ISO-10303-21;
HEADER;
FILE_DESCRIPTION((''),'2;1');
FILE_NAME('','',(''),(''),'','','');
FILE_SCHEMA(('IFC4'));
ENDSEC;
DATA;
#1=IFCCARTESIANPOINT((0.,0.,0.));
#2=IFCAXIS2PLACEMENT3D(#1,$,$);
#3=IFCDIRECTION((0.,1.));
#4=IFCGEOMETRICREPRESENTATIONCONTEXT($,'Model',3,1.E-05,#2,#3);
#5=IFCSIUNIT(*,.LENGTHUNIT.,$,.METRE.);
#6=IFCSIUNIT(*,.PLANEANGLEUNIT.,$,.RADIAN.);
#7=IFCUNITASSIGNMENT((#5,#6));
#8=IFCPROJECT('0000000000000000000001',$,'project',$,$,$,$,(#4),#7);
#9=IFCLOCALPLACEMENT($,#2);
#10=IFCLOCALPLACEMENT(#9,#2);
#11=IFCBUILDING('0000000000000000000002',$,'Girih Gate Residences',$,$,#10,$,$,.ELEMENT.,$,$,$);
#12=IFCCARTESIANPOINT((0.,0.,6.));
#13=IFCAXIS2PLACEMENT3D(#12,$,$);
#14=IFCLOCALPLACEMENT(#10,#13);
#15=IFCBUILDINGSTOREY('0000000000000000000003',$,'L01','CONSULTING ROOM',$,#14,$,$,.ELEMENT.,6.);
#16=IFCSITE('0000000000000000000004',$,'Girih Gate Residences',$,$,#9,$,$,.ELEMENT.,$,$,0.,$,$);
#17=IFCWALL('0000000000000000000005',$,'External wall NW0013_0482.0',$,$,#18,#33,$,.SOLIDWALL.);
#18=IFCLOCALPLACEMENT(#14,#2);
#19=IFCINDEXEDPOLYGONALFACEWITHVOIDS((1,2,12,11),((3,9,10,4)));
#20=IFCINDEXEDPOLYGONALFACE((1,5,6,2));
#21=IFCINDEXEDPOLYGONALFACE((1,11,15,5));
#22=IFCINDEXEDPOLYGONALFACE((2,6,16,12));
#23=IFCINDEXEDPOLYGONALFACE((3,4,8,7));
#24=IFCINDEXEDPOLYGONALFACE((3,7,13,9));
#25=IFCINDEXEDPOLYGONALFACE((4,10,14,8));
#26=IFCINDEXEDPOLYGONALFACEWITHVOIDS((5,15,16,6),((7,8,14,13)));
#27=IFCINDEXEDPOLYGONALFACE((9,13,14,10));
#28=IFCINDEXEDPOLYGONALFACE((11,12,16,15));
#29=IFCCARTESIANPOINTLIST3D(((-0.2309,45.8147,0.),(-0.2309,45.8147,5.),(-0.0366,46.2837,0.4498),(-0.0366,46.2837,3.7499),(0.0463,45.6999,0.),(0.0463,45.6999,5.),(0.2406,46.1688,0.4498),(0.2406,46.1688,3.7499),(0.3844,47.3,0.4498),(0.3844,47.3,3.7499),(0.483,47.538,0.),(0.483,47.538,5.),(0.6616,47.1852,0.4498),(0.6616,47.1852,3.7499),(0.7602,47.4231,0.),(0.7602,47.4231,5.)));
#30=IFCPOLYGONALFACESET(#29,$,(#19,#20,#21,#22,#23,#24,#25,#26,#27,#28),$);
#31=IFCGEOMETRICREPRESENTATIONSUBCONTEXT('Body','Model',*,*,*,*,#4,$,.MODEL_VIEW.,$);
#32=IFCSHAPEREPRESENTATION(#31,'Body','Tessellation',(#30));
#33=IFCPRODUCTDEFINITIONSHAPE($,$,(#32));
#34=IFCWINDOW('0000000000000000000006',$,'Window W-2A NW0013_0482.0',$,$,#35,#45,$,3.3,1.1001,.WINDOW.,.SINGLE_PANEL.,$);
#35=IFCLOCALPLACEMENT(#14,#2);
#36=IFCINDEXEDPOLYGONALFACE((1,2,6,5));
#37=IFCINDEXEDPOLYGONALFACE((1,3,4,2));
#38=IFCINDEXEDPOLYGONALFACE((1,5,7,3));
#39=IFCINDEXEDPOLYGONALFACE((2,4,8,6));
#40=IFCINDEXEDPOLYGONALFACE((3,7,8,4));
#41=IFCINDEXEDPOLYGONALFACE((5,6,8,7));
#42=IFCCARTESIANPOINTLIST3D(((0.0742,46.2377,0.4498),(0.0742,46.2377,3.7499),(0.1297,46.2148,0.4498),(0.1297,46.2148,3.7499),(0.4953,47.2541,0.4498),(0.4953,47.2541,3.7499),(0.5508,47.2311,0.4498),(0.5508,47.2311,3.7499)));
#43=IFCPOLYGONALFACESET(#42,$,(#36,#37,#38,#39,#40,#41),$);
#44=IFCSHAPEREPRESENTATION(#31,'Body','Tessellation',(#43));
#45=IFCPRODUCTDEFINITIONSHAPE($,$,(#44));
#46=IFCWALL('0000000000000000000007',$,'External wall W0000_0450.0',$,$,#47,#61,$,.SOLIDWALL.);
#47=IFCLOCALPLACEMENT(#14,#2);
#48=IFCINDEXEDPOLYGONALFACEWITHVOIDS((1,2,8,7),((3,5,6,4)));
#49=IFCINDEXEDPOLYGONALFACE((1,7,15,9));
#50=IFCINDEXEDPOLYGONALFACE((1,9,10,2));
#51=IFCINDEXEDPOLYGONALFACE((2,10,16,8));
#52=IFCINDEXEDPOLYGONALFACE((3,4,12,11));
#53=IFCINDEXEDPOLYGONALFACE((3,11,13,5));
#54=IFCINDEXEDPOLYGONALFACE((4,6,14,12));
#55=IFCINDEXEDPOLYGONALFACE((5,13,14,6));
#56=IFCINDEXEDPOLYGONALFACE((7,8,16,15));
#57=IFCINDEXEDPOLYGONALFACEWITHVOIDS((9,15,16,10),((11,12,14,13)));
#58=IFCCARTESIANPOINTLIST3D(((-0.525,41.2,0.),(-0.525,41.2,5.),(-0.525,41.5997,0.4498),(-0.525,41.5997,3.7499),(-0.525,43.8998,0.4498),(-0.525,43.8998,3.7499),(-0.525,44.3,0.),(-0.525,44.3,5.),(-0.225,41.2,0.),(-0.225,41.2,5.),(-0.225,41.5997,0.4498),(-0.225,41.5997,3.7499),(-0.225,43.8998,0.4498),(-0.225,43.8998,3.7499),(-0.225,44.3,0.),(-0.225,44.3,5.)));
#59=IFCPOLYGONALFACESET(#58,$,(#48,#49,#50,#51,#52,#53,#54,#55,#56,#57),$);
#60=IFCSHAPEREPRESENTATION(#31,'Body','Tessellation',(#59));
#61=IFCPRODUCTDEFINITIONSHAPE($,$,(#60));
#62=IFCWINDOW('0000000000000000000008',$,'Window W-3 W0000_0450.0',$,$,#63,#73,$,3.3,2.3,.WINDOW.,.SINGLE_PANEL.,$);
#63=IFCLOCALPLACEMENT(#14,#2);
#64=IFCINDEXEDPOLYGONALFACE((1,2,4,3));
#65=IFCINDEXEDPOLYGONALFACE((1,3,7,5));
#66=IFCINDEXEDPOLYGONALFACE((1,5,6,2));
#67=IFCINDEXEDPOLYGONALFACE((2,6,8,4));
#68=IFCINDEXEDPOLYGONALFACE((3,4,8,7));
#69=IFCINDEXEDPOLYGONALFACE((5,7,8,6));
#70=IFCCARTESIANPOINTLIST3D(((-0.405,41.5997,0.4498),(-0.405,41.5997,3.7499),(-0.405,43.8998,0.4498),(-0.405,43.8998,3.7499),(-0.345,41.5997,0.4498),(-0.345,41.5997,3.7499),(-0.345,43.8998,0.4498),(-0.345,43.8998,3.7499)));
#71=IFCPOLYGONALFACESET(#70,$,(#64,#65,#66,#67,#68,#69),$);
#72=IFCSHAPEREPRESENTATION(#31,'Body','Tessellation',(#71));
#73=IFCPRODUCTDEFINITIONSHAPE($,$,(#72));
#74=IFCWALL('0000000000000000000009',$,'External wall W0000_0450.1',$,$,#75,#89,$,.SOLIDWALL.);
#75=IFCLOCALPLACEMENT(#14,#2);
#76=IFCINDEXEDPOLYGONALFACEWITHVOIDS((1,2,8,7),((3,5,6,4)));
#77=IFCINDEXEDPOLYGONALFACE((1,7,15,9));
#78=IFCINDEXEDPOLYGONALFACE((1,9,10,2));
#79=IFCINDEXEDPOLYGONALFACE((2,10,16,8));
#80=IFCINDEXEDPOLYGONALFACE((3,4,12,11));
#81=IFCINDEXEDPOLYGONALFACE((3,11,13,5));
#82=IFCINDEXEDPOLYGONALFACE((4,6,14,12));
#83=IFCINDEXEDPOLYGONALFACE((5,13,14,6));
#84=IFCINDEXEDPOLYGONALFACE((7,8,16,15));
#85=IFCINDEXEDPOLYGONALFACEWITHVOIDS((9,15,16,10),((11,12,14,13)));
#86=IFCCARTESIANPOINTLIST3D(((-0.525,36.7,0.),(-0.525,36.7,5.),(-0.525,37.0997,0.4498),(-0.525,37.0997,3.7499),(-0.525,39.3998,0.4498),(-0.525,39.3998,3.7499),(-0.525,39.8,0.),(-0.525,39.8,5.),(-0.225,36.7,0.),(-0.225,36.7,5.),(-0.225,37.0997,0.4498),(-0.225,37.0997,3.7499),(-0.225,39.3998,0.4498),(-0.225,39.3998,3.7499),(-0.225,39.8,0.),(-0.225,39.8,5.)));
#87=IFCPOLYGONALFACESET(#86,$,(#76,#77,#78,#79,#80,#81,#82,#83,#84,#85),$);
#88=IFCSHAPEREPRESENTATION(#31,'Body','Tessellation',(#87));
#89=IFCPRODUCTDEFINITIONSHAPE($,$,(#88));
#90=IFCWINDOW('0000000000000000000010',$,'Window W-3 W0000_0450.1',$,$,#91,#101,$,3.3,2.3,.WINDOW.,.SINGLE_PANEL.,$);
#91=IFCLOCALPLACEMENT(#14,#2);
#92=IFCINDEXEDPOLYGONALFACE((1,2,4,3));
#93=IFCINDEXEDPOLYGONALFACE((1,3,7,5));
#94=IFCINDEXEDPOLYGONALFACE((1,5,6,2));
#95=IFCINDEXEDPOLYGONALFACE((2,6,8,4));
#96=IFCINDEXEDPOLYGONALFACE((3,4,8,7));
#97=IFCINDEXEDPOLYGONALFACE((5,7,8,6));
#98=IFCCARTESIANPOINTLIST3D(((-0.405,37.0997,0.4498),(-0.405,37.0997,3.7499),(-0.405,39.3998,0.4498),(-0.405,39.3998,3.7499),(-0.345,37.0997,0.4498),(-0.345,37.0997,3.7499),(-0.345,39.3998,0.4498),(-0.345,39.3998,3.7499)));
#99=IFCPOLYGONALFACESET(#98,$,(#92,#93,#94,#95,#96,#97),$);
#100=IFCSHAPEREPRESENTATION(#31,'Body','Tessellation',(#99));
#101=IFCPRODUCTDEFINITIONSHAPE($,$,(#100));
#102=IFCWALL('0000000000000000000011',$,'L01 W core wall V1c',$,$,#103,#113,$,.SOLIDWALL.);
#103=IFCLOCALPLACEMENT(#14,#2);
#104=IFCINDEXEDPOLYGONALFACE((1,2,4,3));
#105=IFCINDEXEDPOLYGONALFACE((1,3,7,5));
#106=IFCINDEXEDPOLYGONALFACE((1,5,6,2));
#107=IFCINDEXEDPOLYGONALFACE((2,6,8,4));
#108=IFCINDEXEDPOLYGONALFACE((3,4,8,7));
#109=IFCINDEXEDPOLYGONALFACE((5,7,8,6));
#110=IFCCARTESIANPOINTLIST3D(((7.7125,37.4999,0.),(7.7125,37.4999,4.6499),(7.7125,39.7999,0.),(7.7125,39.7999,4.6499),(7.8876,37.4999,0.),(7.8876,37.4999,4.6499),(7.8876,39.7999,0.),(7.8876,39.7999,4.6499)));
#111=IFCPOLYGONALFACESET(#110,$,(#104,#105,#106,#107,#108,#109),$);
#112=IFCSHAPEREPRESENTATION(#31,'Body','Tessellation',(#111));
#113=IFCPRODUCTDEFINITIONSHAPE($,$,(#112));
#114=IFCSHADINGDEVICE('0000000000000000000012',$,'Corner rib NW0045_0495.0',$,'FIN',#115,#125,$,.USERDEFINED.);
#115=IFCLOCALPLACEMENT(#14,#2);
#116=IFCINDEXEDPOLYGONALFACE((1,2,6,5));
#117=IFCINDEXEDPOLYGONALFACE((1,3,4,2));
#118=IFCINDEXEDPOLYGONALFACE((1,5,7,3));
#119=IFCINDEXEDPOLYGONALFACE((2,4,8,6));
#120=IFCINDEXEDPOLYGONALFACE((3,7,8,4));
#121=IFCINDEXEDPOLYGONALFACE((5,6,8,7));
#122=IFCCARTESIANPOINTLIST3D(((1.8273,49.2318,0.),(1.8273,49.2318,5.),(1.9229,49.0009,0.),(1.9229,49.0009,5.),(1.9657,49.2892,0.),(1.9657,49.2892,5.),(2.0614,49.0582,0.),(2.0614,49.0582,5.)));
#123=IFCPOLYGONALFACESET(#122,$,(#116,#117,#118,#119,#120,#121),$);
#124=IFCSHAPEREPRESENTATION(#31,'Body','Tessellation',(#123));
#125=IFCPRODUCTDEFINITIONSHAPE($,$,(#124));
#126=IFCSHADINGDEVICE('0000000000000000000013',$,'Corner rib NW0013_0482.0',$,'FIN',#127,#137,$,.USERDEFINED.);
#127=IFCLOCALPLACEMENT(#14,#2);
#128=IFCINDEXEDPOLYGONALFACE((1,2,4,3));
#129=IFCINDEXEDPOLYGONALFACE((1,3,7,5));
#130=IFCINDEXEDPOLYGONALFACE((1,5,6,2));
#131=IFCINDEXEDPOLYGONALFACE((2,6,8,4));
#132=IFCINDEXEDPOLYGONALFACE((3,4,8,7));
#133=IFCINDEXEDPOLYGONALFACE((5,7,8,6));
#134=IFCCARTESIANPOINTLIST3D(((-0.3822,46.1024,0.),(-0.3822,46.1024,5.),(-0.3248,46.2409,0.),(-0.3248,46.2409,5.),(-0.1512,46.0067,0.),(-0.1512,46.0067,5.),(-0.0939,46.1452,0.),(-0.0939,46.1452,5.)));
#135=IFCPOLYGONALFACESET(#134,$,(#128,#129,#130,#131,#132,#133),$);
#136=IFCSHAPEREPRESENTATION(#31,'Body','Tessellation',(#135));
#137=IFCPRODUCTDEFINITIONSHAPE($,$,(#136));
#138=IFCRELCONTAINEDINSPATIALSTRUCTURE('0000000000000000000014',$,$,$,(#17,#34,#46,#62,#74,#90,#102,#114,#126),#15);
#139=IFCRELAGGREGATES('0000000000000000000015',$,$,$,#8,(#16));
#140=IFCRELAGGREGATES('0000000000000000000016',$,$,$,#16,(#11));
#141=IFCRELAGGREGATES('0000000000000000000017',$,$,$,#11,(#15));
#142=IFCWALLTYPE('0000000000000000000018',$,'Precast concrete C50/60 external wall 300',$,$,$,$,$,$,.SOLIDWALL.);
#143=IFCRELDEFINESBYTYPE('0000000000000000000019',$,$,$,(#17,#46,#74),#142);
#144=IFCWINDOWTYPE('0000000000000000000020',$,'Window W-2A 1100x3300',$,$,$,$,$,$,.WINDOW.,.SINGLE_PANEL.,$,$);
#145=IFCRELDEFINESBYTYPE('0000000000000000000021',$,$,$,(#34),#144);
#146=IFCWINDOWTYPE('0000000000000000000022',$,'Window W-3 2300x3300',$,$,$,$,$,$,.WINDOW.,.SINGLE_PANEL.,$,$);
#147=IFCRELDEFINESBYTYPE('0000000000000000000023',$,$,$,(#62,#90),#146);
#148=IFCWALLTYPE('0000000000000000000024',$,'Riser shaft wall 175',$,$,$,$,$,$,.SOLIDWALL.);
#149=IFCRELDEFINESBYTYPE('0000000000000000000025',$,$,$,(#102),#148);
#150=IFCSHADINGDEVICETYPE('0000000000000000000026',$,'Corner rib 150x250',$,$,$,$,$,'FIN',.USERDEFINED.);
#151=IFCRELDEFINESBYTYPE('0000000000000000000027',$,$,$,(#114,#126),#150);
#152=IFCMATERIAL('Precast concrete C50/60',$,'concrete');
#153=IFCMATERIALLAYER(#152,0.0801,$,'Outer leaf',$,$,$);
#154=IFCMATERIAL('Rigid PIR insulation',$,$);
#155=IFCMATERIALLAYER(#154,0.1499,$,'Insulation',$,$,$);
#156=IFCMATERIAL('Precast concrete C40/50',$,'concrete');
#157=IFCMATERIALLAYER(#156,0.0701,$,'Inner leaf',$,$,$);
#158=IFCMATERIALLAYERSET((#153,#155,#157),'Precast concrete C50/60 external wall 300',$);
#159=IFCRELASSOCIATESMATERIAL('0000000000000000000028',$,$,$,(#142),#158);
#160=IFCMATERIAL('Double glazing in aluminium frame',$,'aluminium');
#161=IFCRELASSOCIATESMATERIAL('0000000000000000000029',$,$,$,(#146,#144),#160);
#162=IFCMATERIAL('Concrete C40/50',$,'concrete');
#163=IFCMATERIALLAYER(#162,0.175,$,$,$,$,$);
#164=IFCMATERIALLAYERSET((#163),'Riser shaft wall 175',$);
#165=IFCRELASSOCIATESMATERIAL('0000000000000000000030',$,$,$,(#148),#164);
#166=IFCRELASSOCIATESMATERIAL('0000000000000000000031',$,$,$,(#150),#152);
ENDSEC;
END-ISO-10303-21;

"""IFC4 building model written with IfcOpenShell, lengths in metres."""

from ifc_helpers import new_model, si_unit, direction, frame, frame_2d, origin, origin_2d, place, context, subcontext, project, spatial, rectangle, extrude, material, layer, layer_set, type_object, element, fill, save


model = new_model("IFC4")

# Units and contexts
model_context = context("Model", 3, precision=1e-05, world=origin(), true_north=direction((0.0, 1.0)))
body_context = subcontext(model_context, "Body", "Model", "MODEL_VIEW")
ifc_project = project(units=[si_unit("LENGTHUNIT", "METRE"), si_unit("PLANEANGLEUNIT", "RADIAN")], contexts=[model_context])

# Site, building, storey
site_placement = place(None, origin())
site = spatial("IfcSite", under=ifc_project, at=site_placement, Name="Girih Gate Residences", CompositionType="ELEMENT", RefElevation=0.0)
building_placement = place(site_placement, origin())
building = spatial("IfcBuilding", under=site, at=building_placement, Name="Girih Gate Residences", CompositionType="ELEMENT")
storey_placement = place(building_placement, frame((0.0, 0.0, 6.0)))
storey = spatial("IfcBuildingStorey", under=building, at=storey_placement, Name="L01", Description="CONSULTING ROOM", CompositionType="ELEMENT", Elevation=6.0)

# Shared definitions
ifc_material_1 = material(Name="Concrete C40/50", Category="concrete")

# Walls, openings, windows
ifc_material_2 = material(Name="Precast concrete C50/60", Category="concrete")
ifc_layer_1 = layer(ifc_material_2, 0.0801, Name="Outer leaf")
ifc_material_3 = material(Name="Rigid PIR insulation")
ifc_layer_2 = layer(ifc_material_3, 0.1499, Name="Insulation")
ifc_material_4 = material(Name="Precast concrete C40/50", Category="concrete")
ifc_layer_3 = layer(ifc_material_4, 0.0701, Name="Inner leaf")
ifc_layer_set_1 = layer_set([ifc_layer_1, ifc_layer_2, ifc_layer_3], Name="Precast concrete C50/60 external wall 300")
wall_type_1 = type_object("IfcWallType", Name="Precast concrete C50/60 external wall 300", PredefinedType="SOLIDWALL", material=ifc_layer_set_1)
ifc_material_5 = material(Name="Double glazing in aluminium frame", Category="aluminium")
window_type_1 = type_object("IfcWindowType", Name="Window W-3 2300x3300", PartitioningType="SINGLE_PANEL", PredefinedType="WINDOW", material=ifc_material_5)
window_type_2 = type_object("IfcWindowType", Name="Window W-2A 1100x3300", PartitioningType="SINGLE_PANEL", PredefinedType="WINDOW", material=ifc_material_5)
wall_1_placement = place(storey_placement, frame((-0.0923, 45.7573, 0.0), z_axis=(0.0, 0.0, 1.0), x_axis=(0.382737, 0.923857, 0.0)))
wall_1 = element("IfcWall", 1, at=wall_1_placement, inside=storey, type_object=wall_type_1, Name="External wall NW0013_0482.0", PredefinedType="SOLIDWALL", context=body_context, shape_type="SweptSolid", body=[
    extrude(rectangle(XDim=1.8652, YDim=0.3, at=frame_2d((0.9326, 0.0))), origin(), (0.0, 0.0, 1.0), 5.0),
])
opening_1_placement = place(wall_1_placement, frame((0.5076, 0.0, 0.45)))
opening_1 = element("IfcOpeningElement", 2, at=opening_1_placement, cuts=wall_1, PredefinedType="OPENING", context=body_context, shape_type="SweptSolid", body=[
    extrude(rectangle(XDim=1.1001, YDim=3.3, at=frame_2d((0.55, 1.6499))), frame((0.0, 0.1599, 0.0), z_axis=(0.0, -1.0, 0.0), x_axis=(1.0, 0.0, 0.0)), (0.0, 0.0, 1.0), 0.3201),
])
window_1_placement = place(opening_1_placement, origin())
window_1 = element("IfcWindow", 3, at=window_1_placement, inside=storey, type_object=window_type_2, Name="Window W-2A NW0013_0482.0", OverallHeight=3.3, OverallWidth=1.1001, PartitioningType="SINGLE_PANEL", PredefinedType="WINDOW", context=body_context, shape_type="SweptSolid", body=[
    extrude(rectangle(XDim=1.1001, YDim=3.3, at=frame_2d((0.55, 1.6499))), frame((0.0, 0.03, 0.0), z_axis=(0.0, -1.0, 0.0), x_axis=(1.0, 0.0, 0.0)), (0.0, 0.0, 1.0), 0.0601),
])
fill(opening_1, window_1)
wall_2_placement = place(storey_placement, frame((-0.375, 41.2, 0.0), z_axis=(0.0, 0.0, 1.0), x_axis=(0.0, 1.0, 0.0)))
wall_2 = element("IfcWall", 4, at=wall_2_placement, inside=storey, type_object=wall_type_1, Name="External wall W0000_0450.0", PredefinedType="SOLIDWALL", context=body_context, shape_type="SweptSolid", body=[
    extrude(rectangle(XDim=3.1001, YDim=0.3, at=frame_2d((1.55, 0.0))), origin(), (0.0, 0.0, 1.0), 5.0),
])
opening_2_placement = place(wall_2_placement, frame((0.3999, 0.0, 0.45)))
opening_2 = element("IfcOpeningElement", 5, at=opening_2_placement, cuts=wall_2, PredefinedType="OPENING", context=body_context, shape_type="SweptSolid", body=[
    extrude(rectangle(XDim=2.3, YDim=3.3, at=frame_2d((1.1499, 1.6499))), frame((0.0, 0.1599, 0.0), z_axis=(0.0, -1.0, 0.0), x_axis=(1.0, 0.0, 0.0)), (0.0, 0.0, 1.0), 0.3201),
])
window_2_placement = place(opening_2_placement, origin())
window_2 = element("IfcWindow", 6, at=window_2_placement, inside=storey, type_object=window_type_1, Name="Window W-3 W0000_0450.0", OverallHeight=3.3, OverallWidth=2.3, PartitioningType="SINGLE_PANEL", PredefinedType="WINDOW", context=body_context, shape_type="SweptSolid", body=[
    extrude(rectangle(XDim=2.3, YDim=3.3, at=frame_2d((1.1499, 1.6499))), frame((0.0, 0.03, 0.0), z_axis=(0.0, -1.0, 0.0), x_axis=(1.0, 0.0, 0.0)), (0.0, 0.0, 1.0), 0.0601),
])
fill(opening_2, window_2)
wall_3_placement = place(storey_placement, frame((-0.375, 36.7, 0.0), z_axis=(0.0, 0.0, 1.0), x_axis=(0.0, 1.0, 0.0)))
wall_3 = element("IfcWall", 7, at=wall_3_placement, inside=storey, type_object=wall_type_1, Name="External wall W0000_0450.1", PredefinedType="SOLIDWALL", context=body_context, shape_type="SweptSolid", body=[
    extrude(rectangle(XDim=3.1001, YDim=0.3, at=frame_2d((1.55, 0.0))), origin(), (0.0, 0.0, 1.0), 5.0),
])
opening_3_placement = place(wall_3_placement, frame((0.3999, 0.0, 0.45)))
opening_3 = element("IfcOpeningElement", 8, at=opening_3_placement, cuts=wall_3, PredefinedType="OPENING", context=body_context, shape_type="SweptSolid", body=[
    extrude(rectangle(XDim=2.3, YDim=3.3, at=frame_2d((1.1499, 1.6499))), frame((0.0, 0.1599, 0.0), z_axis=(0.0, -1.0, 0.0), x_axis=(1.0, 0.0, 0.0)), (0.0, 0.0, 1.0), 0.3201),
])
window_3_placement = place(opening_3_placement, origin())
window_3 = element("IfcWindow", 9, at=window_3_placement, inside=storey, type_object=window_type_1, Name="Window W-3 W0000_0450.1", OverallHeight=3.3, OverallWidth=2.3, PartitioningType="SINGLE_PANEL", PredefinedType="WINDOW", context=body_context, shape_type="SweptSolid", body=[
    extrude(rectangle(XDim=2.3, YDim=3.3, at=frame_2d((1.1499, 1.6499))), frame((0.0, 0.03, 0.0), z_axis=(0.0, -1.0, 0.0), x_axis=(1.0, 0.0, 0.0)), (0.0, 0.0, 1.0), 0.0601),
])
fill(opening_3, window_3)

# Wall
ifc_layer_4 = layer(ifc_material_1, 0.175)
ifc_layer_set_2 = layer_set([ifc_layer_4], Name="Riser shaft wall 175")
wall_type_2 = type_object("IfcWallType", Name="Riser shaft wall 175", PredefinedType="SOLIDWALL", material=ifc_layer_set_2)
wall_4_placement = place(storey_placement, frame((7.8, 37.5, 0.0), z_axis=(0.0, 0.0, 1.0), x_axis=(0.0, 1.0, 0.0)))
element("IfcWall", 10, at=wall_4_placement, inside=storey, type_object=wall_type_2, Name="L01 W core wall V1c", PredefinedType="SOLIDWALL", context=body_context, shape_type="SweptSolid", body=[
    extrude(rectangle(XDim=2.3, YDim=0.175, at=frame_2d((1.1499, 0.0))), origin(), (0.0, 0.0, 1.0), 4.6499),
])

# Shading devices
shading_device_type = type_object("IfcShadingDeviceType", Name="Corner rib 150x250", ElementType="FIN", PredefinedType="USERDEFINED", material=ifc_material_2)
for number, where, z_axis, x_axis, name in (
    (11, (1.9443, 49.145, 0.0), (0.0, 0.0, 1.0), (-0.92388, -0.382683, 0.0), "Corner rib NW0045_0495.0"),
    (12, (-0.238, 46.1238, 0.0), (0.0, 0.0, 1.0), (-0.382683, -0.92388, 0.0), "Corner rib NW0013_0482.0"),
):
    element("IfcShadingDevice", number, at=place(storey_placement, frame(where, z_axis=z_axis, x_axis=x_axis)), inside=storey, type_object=shading_device_type, Name=name, ObjectType="FIN", PredefinedType="USERDEFINED", context=body_context, shape_type="SweptSolid", body=[
        extrude(rectangle(XDim=0.1499, YDim=0.25, at=origin_2d()), origin(), (0.0, 0.0, 1.0), 5.0),
    ])

save(model, "model.ifc")
